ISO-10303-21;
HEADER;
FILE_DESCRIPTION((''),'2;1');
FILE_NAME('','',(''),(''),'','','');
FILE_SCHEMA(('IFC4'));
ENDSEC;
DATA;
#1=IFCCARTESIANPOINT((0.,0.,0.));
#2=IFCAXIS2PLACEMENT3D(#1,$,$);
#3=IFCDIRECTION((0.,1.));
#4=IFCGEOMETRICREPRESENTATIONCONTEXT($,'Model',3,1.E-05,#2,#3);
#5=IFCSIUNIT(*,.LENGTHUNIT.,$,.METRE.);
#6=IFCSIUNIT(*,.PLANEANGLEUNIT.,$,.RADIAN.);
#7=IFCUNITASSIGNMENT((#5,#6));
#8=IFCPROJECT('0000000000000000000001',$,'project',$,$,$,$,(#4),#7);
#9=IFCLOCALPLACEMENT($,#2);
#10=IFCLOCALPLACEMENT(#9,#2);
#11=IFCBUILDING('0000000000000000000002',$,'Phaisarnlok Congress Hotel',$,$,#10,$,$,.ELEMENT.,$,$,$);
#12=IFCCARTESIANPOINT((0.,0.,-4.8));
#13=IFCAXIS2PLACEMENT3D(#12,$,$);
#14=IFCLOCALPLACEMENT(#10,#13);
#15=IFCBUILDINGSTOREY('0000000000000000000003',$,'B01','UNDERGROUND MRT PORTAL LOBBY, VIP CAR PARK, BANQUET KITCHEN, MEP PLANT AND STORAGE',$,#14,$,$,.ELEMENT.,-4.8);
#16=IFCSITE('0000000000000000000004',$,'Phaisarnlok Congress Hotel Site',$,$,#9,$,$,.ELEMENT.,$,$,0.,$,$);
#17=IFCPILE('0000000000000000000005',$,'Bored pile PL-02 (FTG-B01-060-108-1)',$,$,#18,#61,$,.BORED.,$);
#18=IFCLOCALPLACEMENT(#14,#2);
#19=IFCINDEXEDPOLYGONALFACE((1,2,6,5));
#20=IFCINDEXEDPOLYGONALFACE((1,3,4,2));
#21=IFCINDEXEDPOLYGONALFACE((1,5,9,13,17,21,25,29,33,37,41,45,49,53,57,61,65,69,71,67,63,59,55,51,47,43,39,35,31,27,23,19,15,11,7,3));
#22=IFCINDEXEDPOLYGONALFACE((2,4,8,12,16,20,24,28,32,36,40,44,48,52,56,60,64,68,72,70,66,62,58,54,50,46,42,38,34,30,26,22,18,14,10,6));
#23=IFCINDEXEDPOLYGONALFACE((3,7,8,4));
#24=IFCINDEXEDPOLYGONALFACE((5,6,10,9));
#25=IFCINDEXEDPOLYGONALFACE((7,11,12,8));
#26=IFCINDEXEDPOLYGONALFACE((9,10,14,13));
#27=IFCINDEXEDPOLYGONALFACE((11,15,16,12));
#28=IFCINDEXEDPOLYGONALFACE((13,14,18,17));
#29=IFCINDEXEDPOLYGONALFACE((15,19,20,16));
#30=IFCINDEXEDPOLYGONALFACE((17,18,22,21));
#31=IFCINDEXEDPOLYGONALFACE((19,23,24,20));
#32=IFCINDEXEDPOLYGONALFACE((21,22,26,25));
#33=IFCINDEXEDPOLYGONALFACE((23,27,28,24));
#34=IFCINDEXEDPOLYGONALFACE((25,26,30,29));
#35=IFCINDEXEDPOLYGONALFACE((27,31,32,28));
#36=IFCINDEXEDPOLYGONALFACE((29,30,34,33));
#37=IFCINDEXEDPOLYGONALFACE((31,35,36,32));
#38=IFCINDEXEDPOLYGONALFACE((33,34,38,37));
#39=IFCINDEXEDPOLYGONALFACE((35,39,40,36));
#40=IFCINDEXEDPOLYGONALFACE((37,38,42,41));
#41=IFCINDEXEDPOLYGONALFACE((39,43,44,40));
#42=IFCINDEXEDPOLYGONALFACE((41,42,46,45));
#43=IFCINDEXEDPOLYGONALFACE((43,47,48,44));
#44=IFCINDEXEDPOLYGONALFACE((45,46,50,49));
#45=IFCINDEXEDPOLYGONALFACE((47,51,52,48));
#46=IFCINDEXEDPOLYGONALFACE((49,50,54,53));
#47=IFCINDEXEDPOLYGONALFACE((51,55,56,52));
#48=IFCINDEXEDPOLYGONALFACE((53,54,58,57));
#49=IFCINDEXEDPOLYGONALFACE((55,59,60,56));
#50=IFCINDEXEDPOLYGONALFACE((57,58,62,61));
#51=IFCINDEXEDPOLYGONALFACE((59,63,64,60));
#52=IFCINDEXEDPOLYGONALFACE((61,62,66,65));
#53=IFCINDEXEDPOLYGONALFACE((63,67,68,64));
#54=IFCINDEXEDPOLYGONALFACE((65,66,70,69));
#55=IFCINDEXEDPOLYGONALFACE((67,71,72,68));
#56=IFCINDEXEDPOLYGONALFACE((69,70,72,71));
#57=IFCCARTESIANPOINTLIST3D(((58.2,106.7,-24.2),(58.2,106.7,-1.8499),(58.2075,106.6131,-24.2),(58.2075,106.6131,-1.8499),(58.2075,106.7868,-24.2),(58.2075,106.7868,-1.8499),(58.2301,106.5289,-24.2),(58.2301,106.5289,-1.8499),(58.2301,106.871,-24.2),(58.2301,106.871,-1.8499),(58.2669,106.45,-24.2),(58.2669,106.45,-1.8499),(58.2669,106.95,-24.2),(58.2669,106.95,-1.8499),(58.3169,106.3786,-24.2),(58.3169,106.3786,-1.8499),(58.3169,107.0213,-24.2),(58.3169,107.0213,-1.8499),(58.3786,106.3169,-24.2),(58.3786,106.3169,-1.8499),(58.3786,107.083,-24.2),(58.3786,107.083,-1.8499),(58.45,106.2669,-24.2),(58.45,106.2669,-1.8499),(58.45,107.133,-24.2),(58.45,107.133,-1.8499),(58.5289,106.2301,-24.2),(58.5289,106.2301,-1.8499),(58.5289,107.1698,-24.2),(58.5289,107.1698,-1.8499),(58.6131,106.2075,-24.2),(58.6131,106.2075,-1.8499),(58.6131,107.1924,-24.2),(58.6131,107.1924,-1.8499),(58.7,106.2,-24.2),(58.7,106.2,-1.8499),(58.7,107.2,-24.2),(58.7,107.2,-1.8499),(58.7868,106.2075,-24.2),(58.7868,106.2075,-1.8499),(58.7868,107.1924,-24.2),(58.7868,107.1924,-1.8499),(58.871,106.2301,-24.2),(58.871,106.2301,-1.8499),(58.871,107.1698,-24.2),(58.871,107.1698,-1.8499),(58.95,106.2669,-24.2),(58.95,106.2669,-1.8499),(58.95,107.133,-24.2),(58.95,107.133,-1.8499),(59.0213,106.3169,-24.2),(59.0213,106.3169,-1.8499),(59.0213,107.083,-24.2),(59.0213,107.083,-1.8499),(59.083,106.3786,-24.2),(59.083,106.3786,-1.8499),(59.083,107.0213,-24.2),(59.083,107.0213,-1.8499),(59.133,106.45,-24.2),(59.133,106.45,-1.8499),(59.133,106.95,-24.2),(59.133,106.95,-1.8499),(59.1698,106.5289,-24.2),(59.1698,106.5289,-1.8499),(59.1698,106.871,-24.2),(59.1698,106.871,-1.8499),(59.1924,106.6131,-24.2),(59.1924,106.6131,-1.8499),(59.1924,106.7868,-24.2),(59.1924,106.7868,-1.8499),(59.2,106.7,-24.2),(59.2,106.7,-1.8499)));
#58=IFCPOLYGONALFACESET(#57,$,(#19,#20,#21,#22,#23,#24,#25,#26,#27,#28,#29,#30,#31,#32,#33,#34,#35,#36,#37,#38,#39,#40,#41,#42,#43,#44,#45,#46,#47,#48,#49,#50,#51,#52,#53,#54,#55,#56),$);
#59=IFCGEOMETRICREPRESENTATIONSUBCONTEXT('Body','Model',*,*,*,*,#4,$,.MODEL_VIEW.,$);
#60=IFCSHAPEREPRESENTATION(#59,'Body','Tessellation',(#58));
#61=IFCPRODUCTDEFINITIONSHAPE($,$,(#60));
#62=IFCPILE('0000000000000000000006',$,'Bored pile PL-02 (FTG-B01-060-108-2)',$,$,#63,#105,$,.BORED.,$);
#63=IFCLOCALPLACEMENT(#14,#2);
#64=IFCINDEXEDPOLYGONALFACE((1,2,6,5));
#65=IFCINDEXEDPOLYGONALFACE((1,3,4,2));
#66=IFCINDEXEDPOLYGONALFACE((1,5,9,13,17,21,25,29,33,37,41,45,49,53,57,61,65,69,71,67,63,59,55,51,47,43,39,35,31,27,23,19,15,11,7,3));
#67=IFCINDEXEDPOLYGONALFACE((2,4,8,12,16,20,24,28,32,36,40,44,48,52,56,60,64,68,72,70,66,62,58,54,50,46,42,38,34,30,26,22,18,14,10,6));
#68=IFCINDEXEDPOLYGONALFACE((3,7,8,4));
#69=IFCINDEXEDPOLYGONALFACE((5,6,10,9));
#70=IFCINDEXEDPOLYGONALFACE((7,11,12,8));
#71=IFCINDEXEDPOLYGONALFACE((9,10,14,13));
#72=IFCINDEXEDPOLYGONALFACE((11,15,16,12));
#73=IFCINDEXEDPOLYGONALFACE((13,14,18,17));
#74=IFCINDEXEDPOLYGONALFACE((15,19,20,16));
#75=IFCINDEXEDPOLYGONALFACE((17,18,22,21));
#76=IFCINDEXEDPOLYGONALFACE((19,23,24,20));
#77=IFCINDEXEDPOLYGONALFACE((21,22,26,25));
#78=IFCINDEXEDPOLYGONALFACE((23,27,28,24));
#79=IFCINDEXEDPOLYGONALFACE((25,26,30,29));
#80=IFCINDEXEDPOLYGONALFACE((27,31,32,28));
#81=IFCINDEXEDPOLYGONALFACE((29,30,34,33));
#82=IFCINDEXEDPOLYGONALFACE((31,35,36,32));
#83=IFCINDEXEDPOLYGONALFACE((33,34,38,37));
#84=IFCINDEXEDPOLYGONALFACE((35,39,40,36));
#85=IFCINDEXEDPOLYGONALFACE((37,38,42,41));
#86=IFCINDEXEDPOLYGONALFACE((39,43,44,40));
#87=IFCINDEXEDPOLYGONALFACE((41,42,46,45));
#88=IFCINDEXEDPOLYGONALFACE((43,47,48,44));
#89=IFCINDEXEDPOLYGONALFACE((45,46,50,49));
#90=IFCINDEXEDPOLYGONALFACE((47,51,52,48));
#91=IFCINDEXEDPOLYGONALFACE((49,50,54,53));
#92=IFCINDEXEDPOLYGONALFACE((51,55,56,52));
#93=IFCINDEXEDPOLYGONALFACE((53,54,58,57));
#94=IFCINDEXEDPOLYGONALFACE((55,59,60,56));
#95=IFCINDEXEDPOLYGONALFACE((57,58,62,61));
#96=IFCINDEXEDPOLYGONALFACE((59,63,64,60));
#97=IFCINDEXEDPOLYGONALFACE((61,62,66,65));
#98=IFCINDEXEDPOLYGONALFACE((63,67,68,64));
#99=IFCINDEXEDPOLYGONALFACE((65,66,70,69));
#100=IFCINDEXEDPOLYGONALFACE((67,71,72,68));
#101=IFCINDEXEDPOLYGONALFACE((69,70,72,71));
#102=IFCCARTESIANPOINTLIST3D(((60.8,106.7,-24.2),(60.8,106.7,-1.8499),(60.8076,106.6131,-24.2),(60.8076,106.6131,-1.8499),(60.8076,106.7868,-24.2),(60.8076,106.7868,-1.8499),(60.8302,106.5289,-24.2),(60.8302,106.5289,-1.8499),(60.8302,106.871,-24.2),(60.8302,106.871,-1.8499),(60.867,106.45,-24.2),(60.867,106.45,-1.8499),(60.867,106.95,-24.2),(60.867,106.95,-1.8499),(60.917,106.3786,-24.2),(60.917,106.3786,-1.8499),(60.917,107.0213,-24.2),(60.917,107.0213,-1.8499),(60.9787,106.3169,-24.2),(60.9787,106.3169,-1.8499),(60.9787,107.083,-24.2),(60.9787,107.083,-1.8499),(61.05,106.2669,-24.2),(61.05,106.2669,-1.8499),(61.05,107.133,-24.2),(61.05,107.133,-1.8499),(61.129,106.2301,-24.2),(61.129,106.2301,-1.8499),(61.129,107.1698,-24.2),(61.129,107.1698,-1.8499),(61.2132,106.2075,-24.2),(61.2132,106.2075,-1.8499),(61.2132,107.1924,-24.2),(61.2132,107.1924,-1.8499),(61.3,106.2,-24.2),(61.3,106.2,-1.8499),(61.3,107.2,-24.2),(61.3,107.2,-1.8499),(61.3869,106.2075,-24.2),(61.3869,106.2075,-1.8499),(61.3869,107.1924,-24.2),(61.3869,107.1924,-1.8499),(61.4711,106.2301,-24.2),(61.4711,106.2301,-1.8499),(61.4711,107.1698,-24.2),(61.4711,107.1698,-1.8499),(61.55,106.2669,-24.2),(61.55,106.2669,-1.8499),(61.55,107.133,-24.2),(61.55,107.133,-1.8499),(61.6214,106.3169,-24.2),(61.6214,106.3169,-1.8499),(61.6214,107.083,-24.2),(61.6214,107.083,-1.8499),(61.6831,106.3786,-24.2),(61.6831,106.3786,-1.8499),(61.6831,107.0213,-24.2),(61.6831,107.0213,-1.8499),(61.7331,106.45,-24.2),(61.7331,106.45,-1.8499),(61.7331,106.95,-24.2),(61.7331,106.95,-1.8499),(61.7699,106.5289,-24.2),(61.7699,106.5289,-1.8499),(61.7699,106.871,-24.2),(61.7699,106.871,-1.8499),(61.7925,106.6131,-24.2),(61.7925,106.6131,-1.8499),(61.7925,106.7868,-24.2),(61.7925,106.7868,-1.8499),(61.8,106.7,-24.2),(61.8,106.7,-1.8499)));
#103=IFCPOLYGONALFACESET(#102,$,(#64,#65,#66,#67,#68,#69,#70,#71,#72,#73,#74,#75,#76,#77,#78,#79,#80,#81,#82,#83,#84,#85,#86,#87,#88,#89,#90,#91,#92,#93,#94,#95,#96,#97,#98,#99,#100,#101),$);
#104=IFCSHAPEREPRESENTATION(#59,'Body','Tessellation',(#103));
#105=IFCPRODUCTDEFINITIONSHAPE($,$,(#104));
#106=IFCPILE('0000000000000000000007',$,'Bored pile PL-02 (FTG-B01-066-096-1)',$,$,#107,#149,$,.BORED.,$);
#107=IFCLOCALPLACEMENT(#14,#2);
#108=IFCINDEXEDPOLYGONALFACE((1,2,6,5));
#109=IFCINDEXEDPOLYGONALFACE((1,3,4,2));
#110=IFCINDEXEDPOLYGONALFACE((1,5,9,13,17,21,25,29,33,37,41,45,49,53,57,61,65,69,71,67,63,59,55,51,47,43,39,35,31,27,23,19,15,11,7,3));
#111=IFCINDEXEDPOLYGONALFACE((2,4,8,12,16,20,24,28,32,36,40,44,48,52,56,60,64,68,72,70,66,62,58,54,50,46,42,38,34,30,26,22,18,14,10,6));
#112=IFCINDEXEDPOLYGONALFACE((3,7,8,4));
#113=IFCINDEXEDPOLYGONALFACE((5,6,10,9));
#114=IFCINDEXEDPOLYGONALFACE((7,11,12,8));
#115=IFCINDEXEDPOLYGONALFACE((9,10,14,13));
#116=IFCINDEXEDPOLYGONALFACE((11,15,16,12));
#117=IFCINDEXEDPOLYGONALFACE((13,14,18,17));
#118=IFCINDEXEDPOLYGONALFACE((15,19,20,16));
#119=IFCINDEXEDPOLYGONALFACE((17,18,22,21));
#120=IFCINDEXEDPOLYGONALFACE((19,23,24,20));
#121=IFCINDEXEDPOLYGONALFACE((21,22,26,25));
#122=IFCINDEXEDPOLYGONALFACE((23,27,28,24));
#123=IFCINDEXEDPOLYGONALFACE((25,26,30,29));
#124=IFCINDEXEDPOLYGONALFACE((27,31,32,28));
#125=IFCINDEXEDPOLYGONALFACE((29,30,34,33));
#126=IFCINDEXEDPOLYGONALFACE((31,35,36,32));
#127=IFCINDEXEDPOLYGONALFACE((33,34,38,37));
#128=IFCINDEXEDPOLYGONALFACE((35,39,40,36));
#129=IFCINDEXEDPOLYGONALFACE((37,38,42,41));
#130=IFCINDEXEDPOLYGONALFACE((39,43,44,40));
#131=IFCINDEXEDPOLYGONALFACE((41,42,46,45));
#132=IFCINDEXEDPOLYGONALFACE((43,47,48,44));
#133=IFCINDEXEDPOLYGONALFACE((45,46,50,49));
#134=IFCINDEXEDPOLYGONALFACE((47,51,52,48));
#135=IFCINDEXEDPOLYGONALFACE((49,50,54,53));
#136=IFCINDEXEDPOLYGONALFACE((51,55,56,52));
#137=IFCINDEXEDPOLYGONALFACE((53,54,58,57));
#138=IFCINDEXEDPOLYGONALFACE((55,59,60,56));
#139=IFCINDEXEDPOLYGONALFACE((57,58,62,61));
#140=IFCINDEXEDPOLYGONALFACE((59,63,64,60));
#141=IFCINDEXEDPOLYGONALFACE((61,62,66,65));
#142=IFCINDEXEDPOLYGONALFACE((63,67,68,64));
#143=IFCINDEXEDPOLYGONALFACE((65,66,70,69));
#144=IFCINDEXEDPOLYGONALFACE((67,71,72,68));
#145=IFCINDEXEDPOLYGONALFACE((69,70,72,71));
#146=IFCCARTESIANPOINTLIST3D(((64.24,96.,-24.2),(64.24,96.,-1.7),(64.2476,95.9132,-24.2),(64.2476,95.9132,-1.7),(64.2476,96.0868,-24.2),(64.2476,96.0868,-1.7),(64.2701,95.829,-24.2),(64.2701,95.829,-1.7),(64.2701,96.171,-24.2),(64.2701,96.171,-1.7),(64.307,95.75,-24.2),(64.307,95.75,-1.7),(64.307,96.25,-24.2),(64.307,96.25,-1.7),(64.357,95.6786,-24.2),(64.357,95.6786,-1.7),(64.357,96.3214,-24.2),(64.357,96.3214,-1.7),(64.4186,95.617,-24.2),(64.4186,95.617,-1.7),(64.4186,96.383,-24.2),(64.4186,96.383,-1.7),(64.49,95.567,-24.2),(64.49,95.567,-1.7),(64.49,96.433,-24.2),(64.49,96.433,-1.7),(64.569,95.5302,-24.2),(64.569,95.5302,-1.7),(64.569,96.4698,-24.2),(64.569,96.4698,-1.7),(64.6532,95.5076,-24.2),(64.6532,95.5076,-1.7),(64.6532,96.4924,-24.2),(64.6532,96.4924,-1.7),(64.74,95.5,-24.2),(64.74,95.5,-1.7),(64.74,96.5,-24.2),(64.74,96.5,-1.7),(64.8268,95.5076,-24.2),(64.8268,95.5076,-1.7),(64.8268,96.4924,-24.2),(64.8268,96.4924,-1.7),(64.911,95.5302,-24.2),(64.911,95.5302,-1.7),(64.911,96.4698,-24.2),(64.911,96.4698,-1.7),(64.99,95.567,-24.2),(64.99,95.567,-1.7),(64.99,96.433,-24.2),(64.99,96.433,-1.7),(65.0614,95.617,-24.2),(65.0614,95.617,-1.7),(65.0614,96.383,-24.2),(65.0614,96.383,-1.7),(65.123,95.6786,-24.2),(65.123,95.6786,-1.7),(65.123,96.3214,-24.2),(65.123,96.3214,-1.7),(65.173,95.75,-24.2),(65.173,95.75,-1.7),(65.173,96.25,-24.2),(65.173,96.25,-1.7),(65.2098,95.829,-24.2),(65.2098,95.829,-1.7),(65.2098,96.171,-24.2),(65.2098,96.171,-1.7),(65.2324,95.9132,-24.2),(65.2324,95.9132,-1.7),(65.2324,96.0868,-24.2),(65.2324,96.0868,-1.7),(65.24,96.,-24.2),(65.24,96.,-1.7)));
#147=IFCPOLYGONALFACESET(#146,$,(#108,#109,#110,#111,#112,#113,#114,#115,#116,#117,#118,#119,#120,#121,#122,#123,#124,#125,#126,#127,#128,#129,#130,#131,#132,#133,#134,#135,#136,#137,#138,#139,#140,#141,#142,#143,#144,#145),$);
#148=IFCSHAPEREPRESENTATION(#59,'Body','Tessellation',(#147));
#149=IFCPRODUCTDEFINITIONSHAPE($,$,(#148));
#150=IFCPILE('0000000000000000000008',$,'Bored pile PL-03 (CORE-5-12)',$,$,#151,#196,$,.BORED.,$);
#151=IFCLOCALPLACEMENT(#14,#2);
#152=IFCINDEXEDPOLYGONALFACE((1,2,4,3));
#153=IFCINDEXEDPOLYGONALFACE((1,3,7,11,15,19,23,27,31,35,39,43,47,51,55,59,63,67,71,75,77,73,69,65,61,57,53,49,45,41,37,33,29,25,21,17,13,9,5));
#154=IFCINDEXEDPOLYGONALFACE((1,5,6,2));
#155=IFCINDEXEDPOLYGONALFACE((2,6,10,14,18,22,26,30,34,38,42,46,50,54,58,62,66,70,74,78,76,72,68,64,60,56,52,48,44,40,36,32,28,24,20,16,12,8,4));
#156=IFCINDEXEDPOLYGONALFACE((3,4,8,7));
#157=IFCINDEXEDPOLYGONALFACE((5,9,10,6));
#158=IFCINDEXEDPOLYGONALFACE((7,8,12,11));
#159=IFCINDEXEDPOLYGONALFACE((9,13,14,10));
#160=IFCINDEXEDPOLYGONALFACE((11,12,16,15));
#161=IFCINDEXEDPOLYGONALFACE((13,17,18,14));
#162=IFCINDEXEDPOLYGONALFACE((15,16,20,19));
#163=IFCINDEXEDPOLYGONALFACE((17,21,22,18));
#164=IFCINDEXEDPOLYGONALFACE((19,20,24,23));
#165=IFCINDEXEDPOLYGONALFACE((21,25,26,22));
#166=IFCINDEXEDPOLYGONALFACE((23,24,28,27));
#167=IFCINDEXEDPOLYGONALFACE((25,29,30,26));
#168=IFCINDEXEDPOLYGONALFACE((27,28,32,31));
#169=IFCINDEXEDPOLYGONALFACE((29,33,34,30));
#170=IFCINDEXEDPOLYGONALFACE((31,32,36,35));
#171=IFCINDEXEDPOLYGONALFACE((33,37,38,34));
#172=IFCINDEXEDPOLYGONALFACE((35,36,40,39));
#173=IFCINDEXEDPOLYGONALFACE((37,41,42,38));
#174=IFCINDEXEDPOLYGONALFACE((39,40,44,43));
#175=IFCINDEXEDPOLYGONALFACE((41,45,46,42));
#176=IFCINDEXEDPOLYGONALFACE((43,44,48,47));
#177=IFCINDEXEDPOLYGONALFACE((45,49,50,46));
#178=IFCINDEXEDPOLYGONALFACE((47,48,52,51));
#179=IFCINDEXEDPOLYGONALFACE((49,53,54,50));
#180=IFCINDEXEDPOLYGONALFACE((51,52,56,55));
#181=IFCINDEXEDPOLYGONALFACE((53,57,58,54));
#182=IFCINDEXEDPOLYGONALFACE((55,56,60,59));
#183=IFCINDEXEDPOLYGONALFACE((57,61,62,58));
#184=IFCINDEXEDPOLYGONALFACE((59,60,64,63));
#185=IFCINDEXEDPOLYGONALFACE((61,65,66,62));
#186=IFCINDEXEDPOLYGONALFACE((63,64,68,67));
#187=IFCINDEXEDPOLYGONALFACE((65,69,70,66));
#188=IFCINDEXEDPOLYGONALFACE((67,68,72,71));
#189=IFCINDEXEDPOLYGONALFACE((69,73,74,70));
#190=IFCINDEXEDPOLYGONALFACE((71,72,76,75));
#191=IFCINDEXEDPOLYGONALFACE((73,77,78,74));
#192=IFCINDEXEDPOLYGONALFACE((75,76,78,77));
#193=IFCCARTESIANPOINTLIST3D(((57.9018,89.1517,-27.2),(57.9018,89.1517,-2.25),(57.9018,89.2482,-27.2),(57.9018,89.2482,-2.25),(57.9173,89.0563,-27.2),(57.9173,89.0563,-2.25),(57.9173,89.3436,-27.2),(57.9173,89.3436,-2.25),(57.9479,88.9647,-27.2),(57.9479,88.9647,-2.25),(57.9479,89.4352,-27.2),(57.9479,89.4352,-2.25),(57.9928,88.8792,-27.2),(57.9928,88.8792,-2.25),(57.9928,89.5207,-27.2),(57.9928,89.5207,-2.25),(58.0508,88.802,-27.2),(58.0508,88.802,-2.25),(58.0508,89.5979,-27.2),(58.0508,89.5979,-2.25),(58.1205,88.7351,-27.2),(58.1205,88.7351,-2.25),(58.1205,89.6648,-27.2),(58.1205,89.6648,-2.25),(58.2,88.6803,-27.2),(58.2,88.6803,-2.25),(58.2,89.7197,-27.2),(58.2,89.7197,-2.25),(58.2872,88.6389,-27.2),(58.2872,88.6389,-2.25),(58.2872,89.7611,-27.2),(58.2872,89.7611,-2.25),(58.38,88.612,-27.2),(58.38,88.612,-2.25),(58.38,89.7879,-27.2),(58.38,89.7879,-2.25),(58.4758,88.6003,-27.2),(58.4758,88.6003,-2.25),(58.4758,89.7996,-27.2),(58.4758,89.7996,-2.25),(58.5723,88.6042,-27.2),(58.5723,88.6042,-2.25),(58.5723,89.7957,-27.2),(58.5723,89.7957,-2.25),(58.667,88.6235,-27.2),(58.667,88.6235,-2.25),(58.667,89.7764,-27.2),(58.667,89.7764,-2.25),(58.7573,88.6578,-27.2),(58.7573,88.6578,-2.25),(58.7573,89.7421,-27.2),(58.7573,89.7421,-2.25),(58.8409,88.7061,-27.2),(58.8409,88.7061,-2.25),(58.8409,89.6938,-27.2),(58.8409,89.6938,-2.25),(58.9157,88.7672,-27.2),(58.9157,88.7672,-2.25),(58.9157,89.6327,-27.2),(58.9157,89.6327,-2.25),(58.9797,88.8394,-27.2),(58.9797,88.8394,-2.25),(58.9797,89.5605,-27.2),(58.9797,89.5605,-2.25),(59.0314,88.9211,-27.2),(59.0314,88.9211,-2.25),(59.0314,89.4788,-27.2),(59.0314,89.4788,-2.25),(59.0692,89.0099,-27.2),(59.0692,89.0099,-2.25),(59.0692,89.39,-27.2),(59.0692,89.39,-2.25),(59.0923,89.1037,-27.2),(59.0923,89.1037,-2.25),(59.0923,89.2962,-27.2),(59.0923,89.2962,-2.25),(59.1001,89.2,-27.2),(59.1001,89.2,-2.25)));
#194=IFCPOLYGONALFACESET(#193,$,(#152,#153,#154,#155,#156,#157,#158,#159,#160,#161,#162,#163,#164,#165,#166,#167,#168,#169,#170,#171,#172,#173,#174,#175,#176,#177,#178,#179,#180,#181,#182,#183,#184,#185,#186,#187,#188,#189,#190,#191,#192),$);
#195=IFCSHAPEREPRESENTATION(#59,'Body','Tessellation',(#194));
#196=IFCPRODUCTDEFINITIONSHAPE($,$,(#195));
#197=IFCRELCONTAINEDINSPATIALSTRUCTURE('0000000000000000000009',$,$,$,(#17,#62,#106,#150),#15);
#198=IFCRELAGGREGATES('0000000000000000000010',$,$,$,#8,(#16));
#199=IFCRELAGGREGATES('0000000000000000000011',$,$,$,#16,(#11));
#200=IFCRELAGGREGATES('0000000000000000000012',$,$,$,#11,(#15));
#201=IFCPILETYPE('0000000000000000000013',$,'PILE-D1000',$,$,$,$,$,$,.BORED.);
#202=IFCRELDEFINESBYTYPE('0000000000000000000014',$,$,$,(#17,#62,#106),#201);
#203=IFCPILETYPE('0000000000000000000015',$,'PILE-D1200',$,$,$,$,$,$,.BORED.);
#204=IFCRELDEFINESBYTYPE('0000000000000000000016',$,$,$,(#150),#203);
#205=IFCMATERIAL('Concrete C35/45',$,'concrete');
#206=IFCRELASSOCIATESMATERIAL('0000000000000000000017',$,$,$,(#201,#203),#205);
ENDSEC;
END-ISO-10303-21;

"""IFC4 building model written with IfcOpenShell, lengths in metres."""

from ifc_helpers import new_model, si_unit, direction, frame, origin, origin_2d, place, context, subcontext, project, spatial, circle, extrude, material, material_profile, profile_set, type_object, element, save


model = new_model("IFC4")

# Units and contexts
model_context = context("Model", 3, precision=1e-05, world=origin(), true_north=direction((0.0, 1.0)))
body_context = subcontext(model_context, "Body", "Model", "MODEL_VIEW")
ifc_project = project(units=[si_unit("LENGTHUNIT", "METRE"), si_unit("PLANEANGLEUNIT", "RADIAN")], contexts=[model_context])

# Site, building, storey
site_placement = place(None, origin())
site = spatial("IfcSite", under=ifc_project, at=site_placement, Name="Phaisarnlok Congress Hotel Site", CompositionType="ELEMENT", RefElevation=0.0)
building_placement = place(site_placement, origin())
building = spatial("IfcBuilding", under=site, at=building_placement, Name="Phaisarnlok Congress Hotel", CompositionType="ELEMENT")
storey_placement = place(building_placement, frame((0.0, 0.0, -4.8)))
storey = spatial("IfcBuildingStorey", under=building, at=storey_placement, Name="B01", Description="UNDERGROUND MRT PORTAL LOBBY, VIP CAR PARK, BANQUET KITCHEN, MEP PLANT AND STORAGE", CompositionType="ELEMENT", Elevation=-4.8)

# Piles
ifc_material_1 = material(Name="Concrete C35/45", Category="concrete")
ifc_material_profile_1 = material_profile(ifc_material_1, circle(Radius=0.5, at=origin_2d()), Name="BORED PILE D1000")
ifc_profile_set_1 = profile_set([ifc_material_profile_1], Name="Concrete C35/45")
pile_type_1 = type_object("IfcPileType", Name="PILE-D1000", PredefinedType="BORED", material=ifc_profile_set_1)
for number, where, z_axis, x_axis, name in (
    (1, (58.7, 106.7, -1.8499), (0.0, 0.0, -1.0), (1.0, 0.0, 0.0), "Bored pile PL-02 (FTG-B01-060-108-1)"),
    (2, (61.3, 106.7, -1.8499), (0.0, 0.0, -1.0), (1.0, 0.0, 0.0), "Bored pile PL-02 (FTG-B01-060-108-2)"),
):
    element("IfcPile", number, at=place(storey_placement, frame(where, z_axis=z_axis, x_axis=x_axis)), inside=storey, type_object=pile_type_1, Name=name, PredefinedType="BORED", context=body_context, shape_type="SweptSolid", body=[
        extrude(circle(Radius=0.5, at=origin_2d()), origin(), (0.0, 0.0, 1.0), 22.3501),
    ])
pile_1_placement = place(storey_placement, frame((64.74, 96.0, -1.7), z_axis=(0.0, 0.0, -1.0), x_axis=(1.0, 0.0, 0.0)))
element("IfcPile", 3, at=pile_1_placement, inside=storey, type_object=pile_type_1, Name="Bored pile PL-02 (FTG-B01-066-096-1)", PredefinedType="BORED", context=body_context, shape_type="SweptSolid", body=[
    extrude(circle(Radius=0.5, at=origin_2d()), origin(), (0.0, 0.0, 1.0), 22.5),
])
ifc_material_profile_2 = material_profile(ifc_material_1, circle(Radius=0.6001, at=origin_2d()), Name="BORED PILE D1200")
ifc_profile_set_2 = profile_set([ifc_material_profile_2], Name="Concrete C35/45")
pile_type_2 = type_object("IfcPileType", Name="PILE-D1200", PredefinedType="BORED", material=ifc_profile_set_2)
pile_2_placement = place(storey_placement, frame((58.5, 89.2, -2.25), z_axis=(0.0, 0.0, -1.0), x_axis=(1.0, 0.0, 0.0)))
element("IfcPile", 4, at=pile_2_placement, inside=storey, type_object=pile_type_2, Name="Bored pile PL-03 (CORE-5-12)", PredefinedType="BORED", context=body_context, shape_type="SweptSolid", body=[
    extrude(circle(Radius=0.6001, at=origin_2d()), origin(), (0.0, 0.0, 1.0), 24.95),
])

save(model, "model.ifc")
